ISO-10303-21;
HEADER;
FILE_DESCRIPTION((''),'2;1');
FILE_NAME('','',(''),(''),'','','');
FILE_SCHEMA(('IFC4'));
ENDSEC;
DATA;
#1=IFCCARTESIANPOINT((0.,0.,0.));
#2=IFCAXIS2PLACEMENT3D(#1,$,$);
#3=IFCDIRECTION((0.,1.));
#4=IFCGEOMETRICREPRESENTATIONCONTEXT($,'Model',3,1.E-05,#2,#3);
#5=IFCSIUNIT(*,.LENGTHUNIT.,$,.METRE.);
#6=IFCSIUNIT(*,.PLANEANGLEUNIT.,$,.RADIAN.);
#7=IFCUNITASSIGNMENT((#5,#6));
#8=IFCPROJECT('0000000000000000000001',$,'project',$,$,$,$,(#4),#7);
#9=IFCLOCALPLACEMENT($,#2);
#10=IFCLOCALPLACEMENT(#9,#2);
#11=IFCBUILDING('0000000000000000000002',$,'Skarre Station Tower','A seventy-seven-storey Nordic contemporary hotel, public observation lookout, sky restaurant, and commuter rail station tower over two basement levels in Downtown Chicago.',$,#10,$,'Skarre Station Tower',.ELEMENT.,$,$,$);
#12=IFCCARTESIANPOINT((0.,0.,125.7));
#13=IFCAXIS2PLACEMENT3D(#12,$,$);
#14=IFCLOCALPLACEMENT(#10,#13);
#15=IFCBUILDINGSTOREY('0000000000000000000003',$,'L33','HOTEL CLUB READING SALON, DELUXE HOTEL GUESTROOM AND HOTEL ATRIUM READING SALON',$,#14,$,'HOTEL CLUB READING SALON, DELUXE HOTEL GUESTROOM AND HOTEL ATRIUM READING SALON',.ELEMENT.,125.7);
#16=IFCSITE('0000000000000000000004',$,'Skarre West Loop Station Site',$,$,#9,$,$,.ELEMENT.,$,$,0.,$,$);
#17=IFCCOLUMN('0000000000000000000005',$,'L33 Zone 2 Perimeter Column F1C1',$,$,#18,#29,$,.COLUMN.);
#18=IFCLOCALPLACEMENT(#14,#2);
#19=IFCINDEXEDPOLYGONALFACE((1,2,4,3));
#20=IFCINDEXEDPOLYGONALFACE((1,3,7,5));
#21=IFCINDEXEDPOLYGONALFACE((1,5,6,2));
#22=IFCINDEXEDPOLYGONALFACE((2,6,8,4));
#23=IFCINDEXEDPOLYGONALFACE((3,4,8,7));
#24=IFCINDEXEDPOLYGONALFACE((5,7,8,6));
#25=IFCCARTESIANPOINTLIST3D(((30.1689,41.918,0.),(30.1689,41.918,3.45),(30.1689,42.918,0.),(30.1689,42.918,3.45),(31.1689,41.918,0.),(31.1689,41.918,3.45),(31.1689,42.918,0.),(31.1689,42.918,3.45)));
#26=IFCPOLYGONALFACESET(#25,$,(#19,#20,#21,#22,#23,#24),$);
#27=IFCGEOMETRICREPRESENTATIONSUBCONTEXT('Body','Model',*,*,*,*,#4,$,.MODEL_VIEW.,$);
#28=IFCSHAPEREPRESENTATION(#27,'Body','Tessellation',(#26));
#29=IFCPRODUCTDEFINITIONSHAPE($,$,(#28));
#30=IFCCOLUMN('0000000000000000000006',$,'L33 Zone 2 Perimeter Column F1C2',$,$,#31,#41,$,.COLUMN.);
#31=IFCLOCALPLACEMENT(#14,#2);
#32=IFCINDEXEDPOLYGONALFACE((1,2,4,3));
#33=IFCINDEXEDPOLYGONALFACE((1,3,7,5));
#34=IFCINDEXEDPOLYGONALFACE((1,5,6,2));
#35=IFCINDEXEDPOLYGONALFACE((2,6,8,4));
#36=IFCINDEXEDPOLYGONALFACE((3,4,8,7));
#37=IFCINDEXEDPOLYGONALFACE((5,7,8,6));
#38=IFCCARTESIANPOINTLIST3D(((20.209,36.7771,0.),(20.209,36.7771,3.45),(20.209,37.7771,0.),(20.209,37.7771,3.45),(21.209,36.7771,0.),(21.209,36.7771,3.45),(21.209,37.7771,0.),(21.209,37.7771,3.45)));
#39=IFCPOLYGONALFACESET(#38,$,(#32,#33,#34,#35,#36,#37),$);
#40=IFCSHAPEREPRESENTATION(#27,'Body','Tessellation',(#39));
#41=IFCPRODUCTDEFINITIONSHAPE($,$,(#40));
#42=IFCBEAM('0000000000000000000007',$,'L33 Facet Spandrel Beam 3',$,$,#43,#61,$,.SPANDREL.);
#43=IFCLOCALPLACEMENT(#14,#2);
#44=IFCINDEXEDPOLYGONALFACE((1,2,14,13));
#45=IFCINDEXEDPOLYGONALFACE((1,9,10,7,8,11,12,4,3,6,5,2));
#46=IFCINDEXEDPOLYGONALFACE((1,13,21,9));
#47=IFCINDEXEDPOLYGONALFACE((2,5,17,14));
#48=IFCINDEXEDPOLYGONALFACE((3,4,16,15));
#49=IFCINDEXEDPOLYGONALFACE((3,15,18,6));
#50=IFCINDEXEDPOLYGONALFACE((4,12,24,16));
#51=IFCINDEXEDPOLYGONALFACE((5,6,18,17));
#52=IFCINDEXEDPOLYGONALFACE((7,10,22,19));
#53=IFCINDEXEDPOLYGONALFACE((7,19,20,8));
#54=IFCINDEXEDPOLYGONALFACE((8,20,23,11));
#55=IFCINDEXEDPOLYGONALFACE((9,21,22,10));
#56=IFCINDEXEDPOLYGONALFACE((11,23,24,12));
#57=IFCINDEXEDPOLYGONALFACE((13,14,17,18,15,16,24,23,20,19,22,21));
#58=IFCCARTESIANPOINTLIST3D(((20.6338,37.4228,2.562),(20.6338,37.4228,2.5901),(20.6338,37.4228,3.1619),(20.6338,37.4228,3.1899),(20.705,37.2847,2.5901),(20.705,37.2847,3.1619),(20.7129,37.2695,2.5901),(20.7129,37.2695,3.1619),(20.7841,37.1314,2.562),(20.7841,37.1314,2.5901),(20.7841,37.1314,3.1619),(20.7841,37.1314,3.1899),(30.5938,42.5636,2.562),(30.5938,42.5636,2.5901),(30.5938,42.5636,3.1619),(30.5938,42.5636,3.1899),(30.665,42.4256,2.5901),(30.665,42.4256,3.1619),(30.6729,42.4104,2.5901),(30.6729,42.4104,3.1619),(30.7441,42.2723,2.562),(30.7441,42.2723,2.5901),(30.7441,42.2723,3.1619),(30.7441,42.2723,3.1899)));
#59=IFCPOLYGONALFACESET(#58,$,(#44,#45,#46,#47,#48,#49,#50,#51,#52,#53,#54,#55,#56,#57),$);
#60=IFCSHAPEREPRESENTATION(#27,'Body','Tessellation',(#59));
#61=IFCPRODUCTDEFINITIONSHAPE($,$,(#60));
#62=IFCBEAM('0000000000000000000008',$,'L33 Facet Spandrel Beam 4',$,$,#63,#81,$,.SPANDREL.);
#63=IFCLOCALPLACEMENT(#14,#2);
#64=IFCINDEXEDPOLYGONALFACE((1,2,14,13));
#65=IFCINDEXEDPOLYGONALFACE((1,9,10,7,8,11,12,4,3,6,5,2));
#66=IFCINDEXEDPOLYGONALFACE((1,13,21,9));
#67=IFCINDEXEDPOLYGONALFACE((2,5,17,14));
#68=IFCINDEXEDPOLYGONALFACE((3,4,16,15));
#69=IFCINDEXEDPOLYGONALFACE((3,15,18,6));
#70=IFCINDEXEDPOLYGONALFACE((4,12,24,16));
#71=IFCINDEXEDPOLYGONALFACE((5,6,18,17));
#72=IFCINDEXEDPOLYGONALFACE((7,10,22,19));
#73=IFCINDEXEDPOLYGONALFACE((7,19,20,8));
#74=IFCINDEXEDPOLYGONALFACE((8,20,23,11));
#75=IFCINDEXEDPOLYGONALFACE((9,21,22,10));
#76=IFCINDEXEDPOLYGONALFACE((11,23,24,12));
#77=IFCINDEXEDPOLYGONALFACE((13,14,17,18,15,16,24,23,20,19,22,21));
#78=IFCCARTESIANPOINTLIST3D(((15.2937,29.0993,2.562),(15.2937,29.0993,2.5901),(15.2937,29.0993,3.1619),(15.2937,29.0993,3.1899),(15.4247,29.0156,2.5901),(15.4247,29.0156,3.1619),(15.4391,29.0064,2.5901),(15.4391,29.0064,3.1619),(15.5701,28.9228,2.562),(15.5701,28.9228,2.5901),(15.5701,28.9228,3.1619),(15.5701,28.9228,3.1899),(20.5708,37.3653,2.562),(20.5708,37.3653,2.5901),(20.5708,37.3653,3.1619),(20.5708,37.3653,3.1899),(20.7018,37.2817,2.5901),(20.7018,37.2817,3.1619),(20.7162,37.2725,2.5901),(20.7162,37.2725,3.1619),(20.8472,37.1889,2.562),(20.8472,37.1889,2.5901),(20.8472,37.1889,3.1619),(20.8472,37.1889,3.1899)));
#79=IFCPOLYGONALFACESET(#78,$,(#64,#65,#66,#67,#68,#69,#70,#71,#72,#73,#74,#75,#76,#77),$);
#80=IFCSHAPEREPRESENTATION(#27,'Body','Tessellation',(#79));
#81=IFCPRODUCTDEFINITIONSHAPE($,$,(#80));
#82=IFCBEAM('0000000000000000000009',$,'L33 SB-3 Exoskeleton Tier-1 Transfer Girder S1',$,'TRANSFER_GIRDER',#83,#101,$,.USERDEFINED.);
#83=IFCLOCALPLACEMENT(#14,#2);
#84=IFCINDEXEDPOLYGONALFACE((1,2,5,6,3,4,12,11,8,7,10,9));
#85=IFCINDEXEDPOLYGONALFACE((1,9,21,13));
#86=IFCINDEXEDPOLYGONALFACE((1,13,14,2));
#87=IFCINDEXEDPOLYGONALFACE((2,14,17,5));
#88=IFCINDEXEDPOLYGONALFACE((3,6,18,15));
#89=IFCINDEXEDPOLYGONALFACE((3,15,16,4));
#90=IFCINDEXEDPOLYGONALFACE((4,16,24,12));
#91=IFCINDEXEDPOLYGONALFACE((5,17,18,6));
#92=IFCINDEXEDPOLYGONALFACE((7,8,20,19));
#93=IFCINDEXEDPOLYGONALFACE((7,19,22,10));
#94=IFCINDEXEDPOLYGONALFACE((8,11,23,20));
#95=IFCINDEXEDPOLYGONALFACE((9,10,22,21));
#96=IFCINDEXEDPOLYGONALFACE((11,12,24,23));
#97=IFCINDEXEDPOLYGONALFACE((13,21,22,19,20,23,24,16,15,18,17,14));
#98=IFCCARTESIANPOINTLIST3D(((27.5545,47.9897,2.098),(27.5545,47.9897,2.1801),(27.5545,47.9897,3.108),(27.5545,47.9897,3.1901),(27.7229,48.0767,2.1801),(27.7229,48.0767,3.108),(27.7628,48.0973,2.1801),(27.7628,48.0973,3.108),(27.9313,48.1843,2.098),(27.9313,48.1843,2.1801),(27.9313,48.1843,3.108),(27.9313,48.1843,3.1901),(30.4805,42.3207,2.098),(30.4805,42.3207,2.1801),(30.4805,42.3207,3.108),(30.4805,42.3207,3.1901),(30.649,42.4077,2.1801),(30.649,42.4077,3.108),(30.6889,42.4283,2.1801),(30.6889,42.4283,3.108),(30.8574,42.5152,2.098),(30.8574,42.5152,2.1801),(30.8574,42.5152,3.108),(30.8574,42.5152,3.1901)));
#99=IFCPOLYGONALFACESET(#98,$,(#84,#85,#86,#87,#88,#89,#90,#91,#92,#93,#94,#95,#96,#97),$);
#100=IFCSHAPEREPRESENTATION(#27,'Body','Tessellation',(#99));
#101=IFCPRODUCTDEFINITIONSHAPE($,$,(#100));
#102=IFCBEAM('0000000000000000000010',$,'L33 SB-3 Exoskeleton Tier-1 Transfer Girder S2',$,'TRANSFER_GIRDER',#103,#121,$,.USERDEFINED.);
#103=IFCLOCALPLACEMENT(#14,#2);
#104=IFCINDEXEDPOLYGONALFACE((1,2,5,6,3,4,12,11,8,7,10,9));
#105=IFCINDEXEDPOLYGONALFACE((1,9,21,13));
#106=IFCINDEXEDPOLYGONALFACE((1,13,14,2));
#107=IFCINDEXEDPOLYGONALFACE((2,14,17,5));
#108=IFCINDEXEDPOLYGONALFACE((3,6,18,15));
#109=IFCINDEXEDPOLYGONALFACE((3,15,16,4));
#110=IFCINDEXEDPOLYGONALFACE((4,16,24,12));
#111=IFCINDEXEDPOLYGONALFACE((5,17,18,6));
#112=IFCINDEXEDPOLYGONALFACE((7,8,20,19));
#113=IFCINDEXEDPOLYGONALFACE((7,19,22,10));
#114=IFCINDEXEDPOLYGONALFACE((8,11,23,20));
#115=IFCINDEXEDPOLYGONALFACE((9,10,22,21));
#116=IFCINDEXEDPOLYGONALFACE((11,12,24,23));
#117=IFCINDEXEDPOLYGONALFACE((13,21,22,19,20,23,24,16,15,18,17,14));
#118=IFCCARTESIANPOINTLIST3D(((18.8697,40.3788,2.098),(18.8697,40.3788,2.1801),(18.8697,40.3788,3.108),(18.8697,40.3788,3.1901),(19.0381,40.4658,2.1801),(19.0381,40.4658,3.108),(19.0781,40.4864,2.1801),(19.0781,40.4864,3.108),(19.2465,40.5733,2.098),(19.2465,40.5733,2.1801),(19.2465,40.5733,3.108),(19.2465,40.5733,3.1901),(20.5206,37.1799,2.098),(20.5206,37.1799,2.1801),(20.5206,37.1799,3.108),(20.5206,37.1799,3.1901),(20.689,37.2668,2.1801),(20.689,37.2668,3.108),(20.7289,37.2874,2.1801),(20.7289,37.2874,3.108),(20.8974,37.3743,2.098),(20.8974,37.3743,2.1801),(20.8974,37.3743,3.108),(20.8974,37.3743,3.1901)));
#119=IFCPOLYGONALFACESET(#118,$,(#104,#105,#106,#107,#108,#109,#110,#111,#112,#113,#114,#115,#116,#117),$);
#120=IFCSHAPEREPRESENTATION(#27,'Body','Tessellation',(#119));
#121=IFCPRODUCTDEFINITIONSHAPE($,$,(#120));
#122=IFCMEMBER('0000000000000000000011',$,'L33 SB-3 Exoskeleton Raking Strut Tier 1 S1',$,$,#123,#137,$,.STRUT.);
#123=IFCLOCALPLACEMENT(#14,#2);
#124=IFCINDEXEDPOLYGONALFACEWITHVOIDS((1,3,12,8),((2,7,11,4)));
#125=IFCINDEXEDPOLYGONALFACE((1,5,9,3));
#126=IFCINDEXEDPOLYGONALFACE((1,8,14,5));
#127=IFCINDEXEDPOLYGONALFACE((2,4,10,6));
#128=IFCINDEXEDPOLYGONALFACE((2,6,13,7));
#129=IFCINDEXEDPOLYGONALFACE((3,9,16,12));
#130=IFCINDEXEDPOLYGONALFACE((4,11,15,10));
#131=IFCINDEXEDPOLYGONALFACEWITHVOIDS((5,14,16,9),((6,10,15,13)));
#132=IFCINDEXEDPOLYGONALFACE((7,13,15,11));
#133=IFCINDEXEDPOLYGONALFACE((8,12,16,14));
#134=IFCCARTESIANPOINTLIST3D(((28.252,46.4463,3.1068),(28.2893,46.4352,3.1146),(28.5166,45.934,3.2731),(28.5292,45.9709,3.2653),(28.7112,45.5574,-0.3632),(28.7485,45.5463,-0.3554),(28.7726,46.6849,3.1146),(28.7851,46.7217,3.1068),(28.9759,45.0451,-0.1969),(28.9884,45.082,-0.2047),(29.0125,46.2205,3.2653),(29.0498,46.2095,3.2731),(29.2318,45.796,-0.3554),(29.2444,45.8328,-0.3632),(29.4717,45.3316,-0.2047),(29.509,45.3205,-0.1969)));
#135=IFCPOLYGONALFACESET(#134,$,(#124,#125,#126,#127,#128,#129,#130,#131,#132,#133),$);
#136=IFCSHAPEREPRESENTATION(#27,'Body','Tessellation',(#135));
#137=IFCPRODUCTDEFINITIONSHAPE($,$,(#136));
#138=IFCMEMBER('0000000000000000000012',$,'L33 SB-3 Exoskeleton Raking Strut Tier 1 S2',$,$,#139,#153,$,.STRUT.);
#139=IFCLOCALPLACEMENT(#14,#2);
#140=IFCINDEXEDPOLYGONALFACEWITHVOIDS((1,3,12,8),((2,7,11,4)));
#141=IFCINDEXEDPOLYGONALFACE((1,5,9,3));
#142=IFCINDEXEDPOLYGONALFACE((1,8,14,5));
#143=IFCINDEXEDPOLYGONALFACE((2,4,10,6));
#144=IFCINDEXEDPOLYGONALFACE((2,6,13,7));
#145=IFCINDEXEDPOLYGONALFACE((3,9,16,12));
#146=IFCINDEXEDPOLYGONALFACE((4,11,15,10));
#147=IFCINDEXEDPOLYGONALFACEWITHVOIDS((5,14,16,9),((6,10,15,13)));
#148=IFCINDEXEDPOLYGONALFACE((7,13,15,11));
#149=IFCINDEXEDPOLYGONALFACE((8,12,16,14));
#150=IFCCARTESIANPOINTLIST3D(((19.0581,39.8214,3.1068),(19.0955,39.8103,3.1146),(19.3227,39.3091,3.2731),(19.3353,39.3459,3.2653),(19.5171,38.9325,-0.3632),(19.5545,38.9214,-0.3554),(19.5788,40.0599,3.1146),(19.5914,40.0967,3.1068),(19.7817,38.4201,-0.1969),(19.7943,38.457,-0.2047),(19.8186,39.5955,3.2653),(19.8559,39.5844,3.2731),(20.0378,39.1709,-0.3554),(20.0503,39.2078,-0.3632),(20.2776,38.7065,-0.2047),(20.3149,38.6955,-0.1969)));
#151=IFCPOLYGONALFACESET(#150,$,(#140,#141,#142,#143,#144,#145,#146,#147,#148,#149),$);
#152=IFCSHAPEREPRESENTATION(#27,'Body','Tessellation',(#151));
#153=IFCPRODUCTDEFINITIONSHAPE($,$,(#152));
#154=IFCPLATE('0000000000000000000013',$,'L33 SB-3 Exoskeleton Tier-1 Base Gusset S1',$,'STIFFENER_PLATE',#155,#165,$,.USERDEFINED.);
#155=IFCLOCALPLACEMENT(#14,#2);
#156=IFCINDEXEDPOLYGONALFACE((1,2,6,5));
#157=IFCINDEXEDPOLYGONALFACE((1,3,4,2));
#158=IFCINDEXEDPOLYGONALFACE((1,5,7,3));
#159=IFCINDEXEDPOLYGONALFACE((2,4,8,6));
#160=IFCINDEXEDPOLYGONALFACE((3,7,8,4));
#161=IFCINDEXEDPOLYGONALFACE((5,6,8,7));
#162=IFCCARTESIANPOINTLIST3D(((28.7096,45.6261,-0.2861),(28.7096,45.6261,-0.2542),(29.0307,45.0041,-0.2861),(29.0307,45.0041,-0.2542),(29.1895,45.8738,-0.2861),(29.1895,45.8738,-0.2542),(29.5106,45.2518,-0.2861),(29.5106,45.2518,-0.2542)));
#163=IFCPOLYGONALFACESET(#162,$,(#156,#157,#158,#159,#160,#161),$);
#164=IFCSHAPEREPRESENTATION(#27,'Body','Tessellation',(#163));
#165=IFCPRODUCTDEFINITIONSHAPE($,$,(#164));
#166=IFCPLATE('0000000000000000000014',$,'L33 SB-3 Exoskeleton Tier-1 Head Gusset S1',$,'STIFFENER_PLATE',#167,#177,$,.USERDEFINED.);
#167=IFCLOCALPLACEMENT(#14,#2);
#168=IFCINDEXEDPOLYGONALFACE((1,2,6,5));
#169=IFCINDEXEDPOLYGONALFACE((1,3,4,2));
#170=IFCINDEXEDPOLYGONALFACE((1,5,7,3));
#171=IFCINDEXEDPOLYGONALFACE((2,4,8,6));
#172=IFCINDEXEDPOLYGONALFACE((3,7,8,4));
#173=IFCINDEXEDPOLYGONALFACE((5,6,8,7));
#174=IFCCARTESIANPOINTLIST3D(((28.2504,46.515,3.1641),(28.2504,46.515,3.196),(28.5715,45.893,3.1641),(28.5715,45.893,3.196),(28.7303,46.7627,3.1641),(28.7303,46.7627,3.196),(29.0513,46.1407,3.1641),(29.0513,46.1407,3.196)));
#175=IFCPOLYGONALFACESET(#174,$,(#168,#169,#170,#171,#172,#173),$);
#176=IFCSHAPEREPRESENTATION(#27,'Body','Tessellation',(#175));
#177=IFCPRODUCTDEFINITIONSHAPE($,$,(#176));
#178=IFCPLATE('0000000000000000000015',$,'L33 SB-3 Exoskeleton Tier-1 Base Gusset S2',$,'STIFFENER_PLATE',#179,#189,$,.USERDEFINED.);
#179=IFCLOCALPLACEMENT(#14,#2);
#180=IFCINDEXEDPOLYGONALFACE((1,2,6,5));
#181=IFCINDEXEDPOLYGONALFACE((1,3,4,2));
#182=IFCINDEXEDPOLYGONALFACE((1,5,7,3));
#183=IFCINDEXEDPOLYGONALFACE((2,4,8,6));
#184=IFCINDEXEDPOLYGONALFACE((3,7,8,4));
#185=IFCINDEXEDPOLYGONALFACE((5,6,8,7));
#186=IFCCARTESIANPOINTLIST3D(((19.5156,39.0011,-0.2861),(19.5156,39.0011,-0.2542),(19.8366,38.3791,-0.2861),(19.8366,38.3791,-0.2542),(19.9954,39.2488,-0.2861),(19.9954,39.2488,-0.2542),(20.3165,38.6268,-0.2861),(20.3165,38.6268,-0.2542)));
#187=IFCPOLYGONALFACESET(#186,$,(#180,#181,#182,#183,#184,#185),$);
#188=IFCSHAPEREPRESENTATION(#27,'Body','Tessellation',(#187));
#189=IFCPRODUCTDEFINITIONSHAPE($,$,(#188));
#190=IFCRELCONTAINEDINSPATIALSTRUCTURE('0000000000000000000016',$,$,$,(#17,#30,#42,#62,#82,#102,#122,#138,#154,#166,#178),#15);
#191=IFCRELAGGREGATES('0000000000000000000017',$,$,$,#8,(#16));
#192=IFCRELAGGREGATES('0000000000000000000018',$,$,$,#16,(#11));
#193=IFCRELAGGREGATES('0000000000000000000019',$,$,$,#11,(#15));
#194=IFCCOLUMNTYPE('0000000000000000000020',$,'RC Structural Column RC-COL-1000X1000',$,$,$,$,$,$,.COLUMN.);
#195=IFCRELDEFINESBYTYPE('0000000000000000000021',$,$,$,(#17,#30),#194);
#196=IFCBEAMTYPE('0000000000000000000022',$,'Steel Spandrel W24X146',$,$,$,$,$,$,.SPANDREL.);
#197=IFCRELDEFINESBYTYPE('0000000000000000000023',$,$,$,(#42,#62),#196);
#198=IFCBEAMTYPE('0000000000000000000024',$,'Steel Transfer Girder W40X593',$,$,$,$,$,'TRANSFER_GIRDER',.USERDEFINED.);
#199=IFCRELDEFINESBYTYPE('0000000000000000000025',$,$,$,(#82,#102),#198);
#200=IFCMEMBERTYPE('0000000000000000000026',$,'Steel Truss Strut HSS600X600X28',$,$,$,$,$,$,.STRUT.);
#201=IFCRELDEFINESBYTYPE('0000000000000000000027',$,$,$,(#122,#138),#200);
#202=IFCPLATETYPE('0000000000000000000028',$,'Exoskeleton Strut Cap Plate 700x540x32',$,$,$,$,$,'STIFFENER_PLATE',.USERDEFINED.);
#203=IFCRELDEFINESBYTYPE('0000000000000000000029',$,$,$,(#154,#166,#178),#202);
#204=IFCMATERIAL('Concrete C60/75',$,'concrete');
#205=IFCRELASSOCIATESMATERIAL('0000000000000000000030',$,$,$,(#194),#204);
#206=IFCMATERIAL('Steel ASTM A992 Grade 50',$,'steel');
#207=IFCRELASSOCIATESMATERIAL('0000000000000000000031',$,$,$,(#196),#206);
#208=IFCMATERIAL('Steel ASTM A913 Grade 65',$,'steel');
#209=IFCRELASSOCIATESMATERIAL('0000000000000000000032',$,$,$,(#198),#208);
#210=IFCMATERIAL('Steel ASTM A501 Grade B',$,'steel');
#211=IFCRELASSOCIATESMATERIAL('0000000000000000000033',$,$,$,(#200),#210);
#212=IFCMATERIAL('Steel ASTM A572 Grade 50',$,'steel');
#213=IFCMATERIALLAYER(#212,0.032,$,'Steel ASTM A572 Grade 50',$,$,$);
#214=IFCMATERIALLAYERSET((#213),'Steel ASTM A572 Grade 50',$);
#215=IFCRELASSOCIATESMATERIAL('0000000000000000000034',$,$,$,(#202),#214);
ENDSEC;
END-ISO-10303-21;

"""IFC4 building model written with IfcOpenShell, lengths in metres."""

from ifc_helpers import new_model, si_unit, direction, frame, origin, origin_2d, place, context, subcontext, project, spatial, rectangle, hollow_rectangle, i_section, extrude, material, layer, layer_set, material_profile, profile_set, type_object, element, save


model = new_model("IFC4")

# Units and contexts
model_context = context("Model", 3, precision=1e-05, world=origin(), true_north=direction((0.0, 1.0)))
body_context = subcontext(model_context, "Body", "Model", "MODEL_VIEW")
ifc_project = project(units=[si_unit("LENGTHUNIT", "METRE"), si_unit("PLANEANGLEUNIT", "RADIAN")], contexts=[model_context])

# Site, building, storey
site_placement = place(None, origin())
site = spatial("IfcSite", under=ifc_project, at=site_placement, Name="Skarre West Loop Station Site", CompositionType="ELEMENT", RefElevation=0.0)
building_placement = place(site_placement, origin())
building = spatial("IfcBuilding", under=site, at=building_placement, Name="Skarre Station Tower", Description="A seventy-seven-storey Nordic contemporary hotel, public observation lookout, sky restaurant, and commuter rail station tower over two basement levels in Downtown Chicago.", LongName="Skarre Station Tower", CompositionType="ELEMENT")
storey_placement = place(building_placement, frame((0.0, 0.0, 125.7)))
storey = spatial("IfcBuildingStorey", under=building, at=storey_placement, Name="L33", Description="HOTEL CLUB READING SALON, DELUXE HOTEL GUESTROOM AND HOTEL ATRIUM READING SALON", LongName="HOTEL CLUB READING SALON, DELUXE HOTEL GUESTROOM AND HOTEL ATRIUM READING SALON", CompositionType="ELEMENT", Elevation=125.7)

# Columns
ifc_material_1 = material(Name="Concrete C60/75", Category="concrete")
ifc_material_profile_1 = material_profile(ifc_material_1, rectangle(XDim=1.0, YDim=1.0, at=origin_2d()), Name="Concrete C60/75")
ifc_profile_set_1 = profile_set([ifc_material_profile_1], Name="Concrete C60/75")
column_type = type_object("IfcColumnType", Name="RC Structural Column RC-COL-1000X1000", PredefinedType="COLUMN", material=ifc_profile_set_1)
for number, where, z_axis, x_axis, name in (
    (1, (30.6689, 42.418, 0.0), (0.0, 0.0, 1.0), (1.0, 0.0, 0.0), "L33 Zone 2 Perimeter Column F1C1"),
    (2, (20.709, 37.2771, 0.0), (0.0, 0.0, 1.0), (1.0, 0.0, 0.0), "L33 Zone 2 Perimeter Column F1C2"),
):
    element("IfcColumn", number, at=place(storey_placement, frame(where, z_axis=z_axis, x_axis=x_axis)), inside=storey, type_object=column_type, Name=name, PredefinedType="COLUMN", context=body_context, shape_type="SweptSolid", body=[
        extrude(rectangle(XDim=1.0, YDim=1.0, at=origin_2d()), origin(), (0.0, 0.0, 1.0), 3.45),
    ])

# Beams
ifc_material_2 = material(Name="Steel ASTM A992 Grade 50", Category="steel")
ifc_material_profile_2 = material_profile(ifc_material_2, i_section(OverallWidth=0.3279, OverallDepth=0.6279, WebThickness=0.0171, FlangeThickness=0.0281, at=origin_2d()), Name="Steel ASTM A992 Grade 50")
ifc_profile_set_2 = profile_set([ifc_material_profile_2], Name="Steel ASTM A992 Grade 50")
beam_type_1 = type_object("IfcBeamType", Name="Steel Spandrel W24X146", PredefinedType="SPANDREL", material=ifc_profile_set_2)
beam_1_placement = place(storey_placement, frame((30.6689, 42.418, 2.876), z_axis=(-0.888612, -0.45866, 0.0), x_axis=(0.45866, -0.888612, 0.0)))
element("IfcBeam", 3, at=beam_1_placement, inside=storey, type_object=beam_type_1, Name="L33 Facet Spandrel Beam 3", PredefinedType="SPANDREL", context=body_context, shape_type="SweptSolid", body=[
    extrude(i_section(OverallWidth=0.3279, OverallDepth=0.6279, WebThickness=0.0171, FlangeThickness=0.0281, at=origin_2d()), origin(), (0.0, 0.0, 1.0), 11.2085),
])
beam_2_placement = place(storey_placement, frame((20.709, 37.2771, 2.876), z_axis=(-0.538098, -0.842883, 0.0), x_axis=(0.842883, -0.538098, 0.0)))
element("IfcBeam", 4, at=beam_2_placement, inside=storey, type_object=beam_type_1, Name="L33 Facet Spandrel Beam 4", PredefinedType="SPANDREL", context=body_context, shape_type="SweptSolid", body=[
    extrude(i_section(OverallWidth=0.3279, OverallDepth=0.6279, WebThickness=0.0171, FlangeThickness=0.0281, at=origin_2d()), origin(), (0.0, 0.0, 1.0), 9.8069),
])
ifc_material_3 = material(Name="Steel ASTM A913 Grade 65", Category="steel")
ifc_material_profile_3 = material_profile(ifc_material_3, i_section(OverallWidth=0.4241, OverallDepth=1.092, WebThickness=0.0449, FlangeThickness=0.082, at=origin_2d()), Name="Steel ASTM A913 Grade 65")
ifc_profile_set_3 = profile_set([ifc_material_profile_3], Name="Steel ASTM A913 Grade 65")
beam_type_2 = type_object("IfcBeamType", Name="Steel Transfer Girder W40X593", ElementType="TRANSFER_GIRDER", PredefinedType="USERDEFINED", material=ifc_profile_set_3)
beam_3_placement = place(storey_placement, frame((30.6689, 42.418, 2.644), z_axis=(-0.458658, 0.888613, 0.0), x_axis=(-0.888613, -0.458658, 0.0)))
element("IfcBeam", 5, at=beam_3_placement, inside=storey, type_object=beam_type_2, Name="L33 SB-3 Exoskeleton Tier-1 Transfer Girder S1", ObjectType="TRANSFER_GIRDER", PredefinedType="USERDEFINED", context=body_context, shape_type="SweptSolid", body=[
    extrude(i_section(OverallWidth=0.4241, OverallDepth=1.092, WebThickness=0.0449, FlangeThickness=0.082, at=origin_2d()), origin(), (0.0, 0.0, 1.0), 6.3796),
])
beam_4_placement = place(storey_placement, frame((20.709, 37.2771, 2.644), z_axis=(-0.458598, 0.888644, 0.0), x_axis=(-0.888644, -0.458598, 0.0)))
element("IfcBeam", 6, at=beam_4_placement, inside=storey, type_object=beam_type_2, Name="L33 SB-3 Exoskeleton Tier-1 Transfer Girder S2", ObjectType="TRANSFER_GIRDER", PredefinedType="USERDEFINED", context=body_context, shape_type="SweptSolid", body=[
    extrude(i_section(OverallWidth=0.4241, OverallDepth=1.092, WebThickness=0.0449, FlangeThickness=0.082, at=origin_2d()), origin(), (0.0, 0.0, 1.0), 3.5999),
])

# Members
ifc_material_4 = material(Name="Steel ASTM A501 Grade B", Category="steel")
ifc_material_profile_4 = material_profile(ifc_material_4, hollow_rectangle(XDim=0.6001, YDim=0.6001, WallThickness=0.0281, at=origin_2d()), Name="Steel ASTM A501 Grade B")
ifc_profile_set_4 = profile_set([ifc_material_profile_4], Name="Steel ASTM A501 Grade B")
member_type = type_object("IfcMemberType", Name="Steel Truss Strut HSS600X600X28", PredefinedType="STRUT", material=ifc_profile_set_4)
for number, where, z_axis, x_axis, name in (
    (7, (29.1101, 45.439, -0.28), (-0.127163, 0.246146, 0.960855), (-0.888444, -0.458985, 0.0), "L33 SB-3 Exoskeleton Raking Strut Tier 1 S1"),
    (8, (19.916, 38.814, -0.28), (-0.127096, 0.246148, 0.960863), (-0.888544, -0.458792, 0.0), "L33 SB-3 Exoskeleton Raking Strut Tier 1 S2"),
):
    element("IfcMember", number, at=place(storey_placement, frame(where, z_axis=z_axis, x_axis=x_axis)), inside=storey, type_object=member_type, Name=name, PredefinedType="STRUT", context=body_context, shape_type="SweptSolid", body=[
        extrude(hollow_rectangle(XDim=0.6001, YDim=0.6001, WallThickness=0.0281, at=origin_2d()), origin(), (0.0, 0.0, 1.0), 3.6113),
    ])

# Plates
ifc_material_5 = material(Name="Steel ASTM A572 Grade 50", Category="steel")
ifc_layer_1 = layer(ifc_material_5, 0.032, Name="Steel ASTM A572 Grade 50")
ifc_layer_set_1 = layer_set([ifc_layer_1], Name="Steel ASTM A572 Grade 50")
plate_type = type_object("IfcPlateType", Name="Exoskeleton Strut Cap Plate 700x540x32", ElementType="STIFFENER_PLATE", PredefinedType="USERDEFINED", material=ifc_layer_set_1)
for number, where, z_axis, x_axis, name in (
    (9, (29.1101, 45.439, -0.2861), (0.0, 0.0, 1.0), (-0.45865, 0.888617, 0.0), "L33 SB-3 Exoskeleton Tier-1 Base Gusset S1"),
    (10, (28.6509, 46.3279, 3.1641), (0.0, 0.0, 1.0), (-0.45865, 0.888617, 0.0), "L33 SB-3 Exoskeleton Tier-1 Head Gusset S1"),
    (11, (19.916, 38.814, -0.2861), (0.0, 0.0, 1.0), (-0.45865, 0.888617, 0.0), "L33 SB-3 Exoskeleton Tier-1 Base Gusset S2"),
):
    element("IfcPlate", number, at=place(storey_placement, frame(where, z_axis=z_axis, x_axis=x_axis)), inside=storey, type_object=plate_type, Name=name, ObjectType="STIFFENER_PLATE", PredefinedType="USERDEFINED", context=body_context, shape_type="SweptSolid", body=[
        extrude(rectangle(XDim=0.7, YDim=0.54, at=origin_2d()), origin(), (0.0, 0.0, 1.0), 0.032),
    ])

save(model, "model.ifc")
